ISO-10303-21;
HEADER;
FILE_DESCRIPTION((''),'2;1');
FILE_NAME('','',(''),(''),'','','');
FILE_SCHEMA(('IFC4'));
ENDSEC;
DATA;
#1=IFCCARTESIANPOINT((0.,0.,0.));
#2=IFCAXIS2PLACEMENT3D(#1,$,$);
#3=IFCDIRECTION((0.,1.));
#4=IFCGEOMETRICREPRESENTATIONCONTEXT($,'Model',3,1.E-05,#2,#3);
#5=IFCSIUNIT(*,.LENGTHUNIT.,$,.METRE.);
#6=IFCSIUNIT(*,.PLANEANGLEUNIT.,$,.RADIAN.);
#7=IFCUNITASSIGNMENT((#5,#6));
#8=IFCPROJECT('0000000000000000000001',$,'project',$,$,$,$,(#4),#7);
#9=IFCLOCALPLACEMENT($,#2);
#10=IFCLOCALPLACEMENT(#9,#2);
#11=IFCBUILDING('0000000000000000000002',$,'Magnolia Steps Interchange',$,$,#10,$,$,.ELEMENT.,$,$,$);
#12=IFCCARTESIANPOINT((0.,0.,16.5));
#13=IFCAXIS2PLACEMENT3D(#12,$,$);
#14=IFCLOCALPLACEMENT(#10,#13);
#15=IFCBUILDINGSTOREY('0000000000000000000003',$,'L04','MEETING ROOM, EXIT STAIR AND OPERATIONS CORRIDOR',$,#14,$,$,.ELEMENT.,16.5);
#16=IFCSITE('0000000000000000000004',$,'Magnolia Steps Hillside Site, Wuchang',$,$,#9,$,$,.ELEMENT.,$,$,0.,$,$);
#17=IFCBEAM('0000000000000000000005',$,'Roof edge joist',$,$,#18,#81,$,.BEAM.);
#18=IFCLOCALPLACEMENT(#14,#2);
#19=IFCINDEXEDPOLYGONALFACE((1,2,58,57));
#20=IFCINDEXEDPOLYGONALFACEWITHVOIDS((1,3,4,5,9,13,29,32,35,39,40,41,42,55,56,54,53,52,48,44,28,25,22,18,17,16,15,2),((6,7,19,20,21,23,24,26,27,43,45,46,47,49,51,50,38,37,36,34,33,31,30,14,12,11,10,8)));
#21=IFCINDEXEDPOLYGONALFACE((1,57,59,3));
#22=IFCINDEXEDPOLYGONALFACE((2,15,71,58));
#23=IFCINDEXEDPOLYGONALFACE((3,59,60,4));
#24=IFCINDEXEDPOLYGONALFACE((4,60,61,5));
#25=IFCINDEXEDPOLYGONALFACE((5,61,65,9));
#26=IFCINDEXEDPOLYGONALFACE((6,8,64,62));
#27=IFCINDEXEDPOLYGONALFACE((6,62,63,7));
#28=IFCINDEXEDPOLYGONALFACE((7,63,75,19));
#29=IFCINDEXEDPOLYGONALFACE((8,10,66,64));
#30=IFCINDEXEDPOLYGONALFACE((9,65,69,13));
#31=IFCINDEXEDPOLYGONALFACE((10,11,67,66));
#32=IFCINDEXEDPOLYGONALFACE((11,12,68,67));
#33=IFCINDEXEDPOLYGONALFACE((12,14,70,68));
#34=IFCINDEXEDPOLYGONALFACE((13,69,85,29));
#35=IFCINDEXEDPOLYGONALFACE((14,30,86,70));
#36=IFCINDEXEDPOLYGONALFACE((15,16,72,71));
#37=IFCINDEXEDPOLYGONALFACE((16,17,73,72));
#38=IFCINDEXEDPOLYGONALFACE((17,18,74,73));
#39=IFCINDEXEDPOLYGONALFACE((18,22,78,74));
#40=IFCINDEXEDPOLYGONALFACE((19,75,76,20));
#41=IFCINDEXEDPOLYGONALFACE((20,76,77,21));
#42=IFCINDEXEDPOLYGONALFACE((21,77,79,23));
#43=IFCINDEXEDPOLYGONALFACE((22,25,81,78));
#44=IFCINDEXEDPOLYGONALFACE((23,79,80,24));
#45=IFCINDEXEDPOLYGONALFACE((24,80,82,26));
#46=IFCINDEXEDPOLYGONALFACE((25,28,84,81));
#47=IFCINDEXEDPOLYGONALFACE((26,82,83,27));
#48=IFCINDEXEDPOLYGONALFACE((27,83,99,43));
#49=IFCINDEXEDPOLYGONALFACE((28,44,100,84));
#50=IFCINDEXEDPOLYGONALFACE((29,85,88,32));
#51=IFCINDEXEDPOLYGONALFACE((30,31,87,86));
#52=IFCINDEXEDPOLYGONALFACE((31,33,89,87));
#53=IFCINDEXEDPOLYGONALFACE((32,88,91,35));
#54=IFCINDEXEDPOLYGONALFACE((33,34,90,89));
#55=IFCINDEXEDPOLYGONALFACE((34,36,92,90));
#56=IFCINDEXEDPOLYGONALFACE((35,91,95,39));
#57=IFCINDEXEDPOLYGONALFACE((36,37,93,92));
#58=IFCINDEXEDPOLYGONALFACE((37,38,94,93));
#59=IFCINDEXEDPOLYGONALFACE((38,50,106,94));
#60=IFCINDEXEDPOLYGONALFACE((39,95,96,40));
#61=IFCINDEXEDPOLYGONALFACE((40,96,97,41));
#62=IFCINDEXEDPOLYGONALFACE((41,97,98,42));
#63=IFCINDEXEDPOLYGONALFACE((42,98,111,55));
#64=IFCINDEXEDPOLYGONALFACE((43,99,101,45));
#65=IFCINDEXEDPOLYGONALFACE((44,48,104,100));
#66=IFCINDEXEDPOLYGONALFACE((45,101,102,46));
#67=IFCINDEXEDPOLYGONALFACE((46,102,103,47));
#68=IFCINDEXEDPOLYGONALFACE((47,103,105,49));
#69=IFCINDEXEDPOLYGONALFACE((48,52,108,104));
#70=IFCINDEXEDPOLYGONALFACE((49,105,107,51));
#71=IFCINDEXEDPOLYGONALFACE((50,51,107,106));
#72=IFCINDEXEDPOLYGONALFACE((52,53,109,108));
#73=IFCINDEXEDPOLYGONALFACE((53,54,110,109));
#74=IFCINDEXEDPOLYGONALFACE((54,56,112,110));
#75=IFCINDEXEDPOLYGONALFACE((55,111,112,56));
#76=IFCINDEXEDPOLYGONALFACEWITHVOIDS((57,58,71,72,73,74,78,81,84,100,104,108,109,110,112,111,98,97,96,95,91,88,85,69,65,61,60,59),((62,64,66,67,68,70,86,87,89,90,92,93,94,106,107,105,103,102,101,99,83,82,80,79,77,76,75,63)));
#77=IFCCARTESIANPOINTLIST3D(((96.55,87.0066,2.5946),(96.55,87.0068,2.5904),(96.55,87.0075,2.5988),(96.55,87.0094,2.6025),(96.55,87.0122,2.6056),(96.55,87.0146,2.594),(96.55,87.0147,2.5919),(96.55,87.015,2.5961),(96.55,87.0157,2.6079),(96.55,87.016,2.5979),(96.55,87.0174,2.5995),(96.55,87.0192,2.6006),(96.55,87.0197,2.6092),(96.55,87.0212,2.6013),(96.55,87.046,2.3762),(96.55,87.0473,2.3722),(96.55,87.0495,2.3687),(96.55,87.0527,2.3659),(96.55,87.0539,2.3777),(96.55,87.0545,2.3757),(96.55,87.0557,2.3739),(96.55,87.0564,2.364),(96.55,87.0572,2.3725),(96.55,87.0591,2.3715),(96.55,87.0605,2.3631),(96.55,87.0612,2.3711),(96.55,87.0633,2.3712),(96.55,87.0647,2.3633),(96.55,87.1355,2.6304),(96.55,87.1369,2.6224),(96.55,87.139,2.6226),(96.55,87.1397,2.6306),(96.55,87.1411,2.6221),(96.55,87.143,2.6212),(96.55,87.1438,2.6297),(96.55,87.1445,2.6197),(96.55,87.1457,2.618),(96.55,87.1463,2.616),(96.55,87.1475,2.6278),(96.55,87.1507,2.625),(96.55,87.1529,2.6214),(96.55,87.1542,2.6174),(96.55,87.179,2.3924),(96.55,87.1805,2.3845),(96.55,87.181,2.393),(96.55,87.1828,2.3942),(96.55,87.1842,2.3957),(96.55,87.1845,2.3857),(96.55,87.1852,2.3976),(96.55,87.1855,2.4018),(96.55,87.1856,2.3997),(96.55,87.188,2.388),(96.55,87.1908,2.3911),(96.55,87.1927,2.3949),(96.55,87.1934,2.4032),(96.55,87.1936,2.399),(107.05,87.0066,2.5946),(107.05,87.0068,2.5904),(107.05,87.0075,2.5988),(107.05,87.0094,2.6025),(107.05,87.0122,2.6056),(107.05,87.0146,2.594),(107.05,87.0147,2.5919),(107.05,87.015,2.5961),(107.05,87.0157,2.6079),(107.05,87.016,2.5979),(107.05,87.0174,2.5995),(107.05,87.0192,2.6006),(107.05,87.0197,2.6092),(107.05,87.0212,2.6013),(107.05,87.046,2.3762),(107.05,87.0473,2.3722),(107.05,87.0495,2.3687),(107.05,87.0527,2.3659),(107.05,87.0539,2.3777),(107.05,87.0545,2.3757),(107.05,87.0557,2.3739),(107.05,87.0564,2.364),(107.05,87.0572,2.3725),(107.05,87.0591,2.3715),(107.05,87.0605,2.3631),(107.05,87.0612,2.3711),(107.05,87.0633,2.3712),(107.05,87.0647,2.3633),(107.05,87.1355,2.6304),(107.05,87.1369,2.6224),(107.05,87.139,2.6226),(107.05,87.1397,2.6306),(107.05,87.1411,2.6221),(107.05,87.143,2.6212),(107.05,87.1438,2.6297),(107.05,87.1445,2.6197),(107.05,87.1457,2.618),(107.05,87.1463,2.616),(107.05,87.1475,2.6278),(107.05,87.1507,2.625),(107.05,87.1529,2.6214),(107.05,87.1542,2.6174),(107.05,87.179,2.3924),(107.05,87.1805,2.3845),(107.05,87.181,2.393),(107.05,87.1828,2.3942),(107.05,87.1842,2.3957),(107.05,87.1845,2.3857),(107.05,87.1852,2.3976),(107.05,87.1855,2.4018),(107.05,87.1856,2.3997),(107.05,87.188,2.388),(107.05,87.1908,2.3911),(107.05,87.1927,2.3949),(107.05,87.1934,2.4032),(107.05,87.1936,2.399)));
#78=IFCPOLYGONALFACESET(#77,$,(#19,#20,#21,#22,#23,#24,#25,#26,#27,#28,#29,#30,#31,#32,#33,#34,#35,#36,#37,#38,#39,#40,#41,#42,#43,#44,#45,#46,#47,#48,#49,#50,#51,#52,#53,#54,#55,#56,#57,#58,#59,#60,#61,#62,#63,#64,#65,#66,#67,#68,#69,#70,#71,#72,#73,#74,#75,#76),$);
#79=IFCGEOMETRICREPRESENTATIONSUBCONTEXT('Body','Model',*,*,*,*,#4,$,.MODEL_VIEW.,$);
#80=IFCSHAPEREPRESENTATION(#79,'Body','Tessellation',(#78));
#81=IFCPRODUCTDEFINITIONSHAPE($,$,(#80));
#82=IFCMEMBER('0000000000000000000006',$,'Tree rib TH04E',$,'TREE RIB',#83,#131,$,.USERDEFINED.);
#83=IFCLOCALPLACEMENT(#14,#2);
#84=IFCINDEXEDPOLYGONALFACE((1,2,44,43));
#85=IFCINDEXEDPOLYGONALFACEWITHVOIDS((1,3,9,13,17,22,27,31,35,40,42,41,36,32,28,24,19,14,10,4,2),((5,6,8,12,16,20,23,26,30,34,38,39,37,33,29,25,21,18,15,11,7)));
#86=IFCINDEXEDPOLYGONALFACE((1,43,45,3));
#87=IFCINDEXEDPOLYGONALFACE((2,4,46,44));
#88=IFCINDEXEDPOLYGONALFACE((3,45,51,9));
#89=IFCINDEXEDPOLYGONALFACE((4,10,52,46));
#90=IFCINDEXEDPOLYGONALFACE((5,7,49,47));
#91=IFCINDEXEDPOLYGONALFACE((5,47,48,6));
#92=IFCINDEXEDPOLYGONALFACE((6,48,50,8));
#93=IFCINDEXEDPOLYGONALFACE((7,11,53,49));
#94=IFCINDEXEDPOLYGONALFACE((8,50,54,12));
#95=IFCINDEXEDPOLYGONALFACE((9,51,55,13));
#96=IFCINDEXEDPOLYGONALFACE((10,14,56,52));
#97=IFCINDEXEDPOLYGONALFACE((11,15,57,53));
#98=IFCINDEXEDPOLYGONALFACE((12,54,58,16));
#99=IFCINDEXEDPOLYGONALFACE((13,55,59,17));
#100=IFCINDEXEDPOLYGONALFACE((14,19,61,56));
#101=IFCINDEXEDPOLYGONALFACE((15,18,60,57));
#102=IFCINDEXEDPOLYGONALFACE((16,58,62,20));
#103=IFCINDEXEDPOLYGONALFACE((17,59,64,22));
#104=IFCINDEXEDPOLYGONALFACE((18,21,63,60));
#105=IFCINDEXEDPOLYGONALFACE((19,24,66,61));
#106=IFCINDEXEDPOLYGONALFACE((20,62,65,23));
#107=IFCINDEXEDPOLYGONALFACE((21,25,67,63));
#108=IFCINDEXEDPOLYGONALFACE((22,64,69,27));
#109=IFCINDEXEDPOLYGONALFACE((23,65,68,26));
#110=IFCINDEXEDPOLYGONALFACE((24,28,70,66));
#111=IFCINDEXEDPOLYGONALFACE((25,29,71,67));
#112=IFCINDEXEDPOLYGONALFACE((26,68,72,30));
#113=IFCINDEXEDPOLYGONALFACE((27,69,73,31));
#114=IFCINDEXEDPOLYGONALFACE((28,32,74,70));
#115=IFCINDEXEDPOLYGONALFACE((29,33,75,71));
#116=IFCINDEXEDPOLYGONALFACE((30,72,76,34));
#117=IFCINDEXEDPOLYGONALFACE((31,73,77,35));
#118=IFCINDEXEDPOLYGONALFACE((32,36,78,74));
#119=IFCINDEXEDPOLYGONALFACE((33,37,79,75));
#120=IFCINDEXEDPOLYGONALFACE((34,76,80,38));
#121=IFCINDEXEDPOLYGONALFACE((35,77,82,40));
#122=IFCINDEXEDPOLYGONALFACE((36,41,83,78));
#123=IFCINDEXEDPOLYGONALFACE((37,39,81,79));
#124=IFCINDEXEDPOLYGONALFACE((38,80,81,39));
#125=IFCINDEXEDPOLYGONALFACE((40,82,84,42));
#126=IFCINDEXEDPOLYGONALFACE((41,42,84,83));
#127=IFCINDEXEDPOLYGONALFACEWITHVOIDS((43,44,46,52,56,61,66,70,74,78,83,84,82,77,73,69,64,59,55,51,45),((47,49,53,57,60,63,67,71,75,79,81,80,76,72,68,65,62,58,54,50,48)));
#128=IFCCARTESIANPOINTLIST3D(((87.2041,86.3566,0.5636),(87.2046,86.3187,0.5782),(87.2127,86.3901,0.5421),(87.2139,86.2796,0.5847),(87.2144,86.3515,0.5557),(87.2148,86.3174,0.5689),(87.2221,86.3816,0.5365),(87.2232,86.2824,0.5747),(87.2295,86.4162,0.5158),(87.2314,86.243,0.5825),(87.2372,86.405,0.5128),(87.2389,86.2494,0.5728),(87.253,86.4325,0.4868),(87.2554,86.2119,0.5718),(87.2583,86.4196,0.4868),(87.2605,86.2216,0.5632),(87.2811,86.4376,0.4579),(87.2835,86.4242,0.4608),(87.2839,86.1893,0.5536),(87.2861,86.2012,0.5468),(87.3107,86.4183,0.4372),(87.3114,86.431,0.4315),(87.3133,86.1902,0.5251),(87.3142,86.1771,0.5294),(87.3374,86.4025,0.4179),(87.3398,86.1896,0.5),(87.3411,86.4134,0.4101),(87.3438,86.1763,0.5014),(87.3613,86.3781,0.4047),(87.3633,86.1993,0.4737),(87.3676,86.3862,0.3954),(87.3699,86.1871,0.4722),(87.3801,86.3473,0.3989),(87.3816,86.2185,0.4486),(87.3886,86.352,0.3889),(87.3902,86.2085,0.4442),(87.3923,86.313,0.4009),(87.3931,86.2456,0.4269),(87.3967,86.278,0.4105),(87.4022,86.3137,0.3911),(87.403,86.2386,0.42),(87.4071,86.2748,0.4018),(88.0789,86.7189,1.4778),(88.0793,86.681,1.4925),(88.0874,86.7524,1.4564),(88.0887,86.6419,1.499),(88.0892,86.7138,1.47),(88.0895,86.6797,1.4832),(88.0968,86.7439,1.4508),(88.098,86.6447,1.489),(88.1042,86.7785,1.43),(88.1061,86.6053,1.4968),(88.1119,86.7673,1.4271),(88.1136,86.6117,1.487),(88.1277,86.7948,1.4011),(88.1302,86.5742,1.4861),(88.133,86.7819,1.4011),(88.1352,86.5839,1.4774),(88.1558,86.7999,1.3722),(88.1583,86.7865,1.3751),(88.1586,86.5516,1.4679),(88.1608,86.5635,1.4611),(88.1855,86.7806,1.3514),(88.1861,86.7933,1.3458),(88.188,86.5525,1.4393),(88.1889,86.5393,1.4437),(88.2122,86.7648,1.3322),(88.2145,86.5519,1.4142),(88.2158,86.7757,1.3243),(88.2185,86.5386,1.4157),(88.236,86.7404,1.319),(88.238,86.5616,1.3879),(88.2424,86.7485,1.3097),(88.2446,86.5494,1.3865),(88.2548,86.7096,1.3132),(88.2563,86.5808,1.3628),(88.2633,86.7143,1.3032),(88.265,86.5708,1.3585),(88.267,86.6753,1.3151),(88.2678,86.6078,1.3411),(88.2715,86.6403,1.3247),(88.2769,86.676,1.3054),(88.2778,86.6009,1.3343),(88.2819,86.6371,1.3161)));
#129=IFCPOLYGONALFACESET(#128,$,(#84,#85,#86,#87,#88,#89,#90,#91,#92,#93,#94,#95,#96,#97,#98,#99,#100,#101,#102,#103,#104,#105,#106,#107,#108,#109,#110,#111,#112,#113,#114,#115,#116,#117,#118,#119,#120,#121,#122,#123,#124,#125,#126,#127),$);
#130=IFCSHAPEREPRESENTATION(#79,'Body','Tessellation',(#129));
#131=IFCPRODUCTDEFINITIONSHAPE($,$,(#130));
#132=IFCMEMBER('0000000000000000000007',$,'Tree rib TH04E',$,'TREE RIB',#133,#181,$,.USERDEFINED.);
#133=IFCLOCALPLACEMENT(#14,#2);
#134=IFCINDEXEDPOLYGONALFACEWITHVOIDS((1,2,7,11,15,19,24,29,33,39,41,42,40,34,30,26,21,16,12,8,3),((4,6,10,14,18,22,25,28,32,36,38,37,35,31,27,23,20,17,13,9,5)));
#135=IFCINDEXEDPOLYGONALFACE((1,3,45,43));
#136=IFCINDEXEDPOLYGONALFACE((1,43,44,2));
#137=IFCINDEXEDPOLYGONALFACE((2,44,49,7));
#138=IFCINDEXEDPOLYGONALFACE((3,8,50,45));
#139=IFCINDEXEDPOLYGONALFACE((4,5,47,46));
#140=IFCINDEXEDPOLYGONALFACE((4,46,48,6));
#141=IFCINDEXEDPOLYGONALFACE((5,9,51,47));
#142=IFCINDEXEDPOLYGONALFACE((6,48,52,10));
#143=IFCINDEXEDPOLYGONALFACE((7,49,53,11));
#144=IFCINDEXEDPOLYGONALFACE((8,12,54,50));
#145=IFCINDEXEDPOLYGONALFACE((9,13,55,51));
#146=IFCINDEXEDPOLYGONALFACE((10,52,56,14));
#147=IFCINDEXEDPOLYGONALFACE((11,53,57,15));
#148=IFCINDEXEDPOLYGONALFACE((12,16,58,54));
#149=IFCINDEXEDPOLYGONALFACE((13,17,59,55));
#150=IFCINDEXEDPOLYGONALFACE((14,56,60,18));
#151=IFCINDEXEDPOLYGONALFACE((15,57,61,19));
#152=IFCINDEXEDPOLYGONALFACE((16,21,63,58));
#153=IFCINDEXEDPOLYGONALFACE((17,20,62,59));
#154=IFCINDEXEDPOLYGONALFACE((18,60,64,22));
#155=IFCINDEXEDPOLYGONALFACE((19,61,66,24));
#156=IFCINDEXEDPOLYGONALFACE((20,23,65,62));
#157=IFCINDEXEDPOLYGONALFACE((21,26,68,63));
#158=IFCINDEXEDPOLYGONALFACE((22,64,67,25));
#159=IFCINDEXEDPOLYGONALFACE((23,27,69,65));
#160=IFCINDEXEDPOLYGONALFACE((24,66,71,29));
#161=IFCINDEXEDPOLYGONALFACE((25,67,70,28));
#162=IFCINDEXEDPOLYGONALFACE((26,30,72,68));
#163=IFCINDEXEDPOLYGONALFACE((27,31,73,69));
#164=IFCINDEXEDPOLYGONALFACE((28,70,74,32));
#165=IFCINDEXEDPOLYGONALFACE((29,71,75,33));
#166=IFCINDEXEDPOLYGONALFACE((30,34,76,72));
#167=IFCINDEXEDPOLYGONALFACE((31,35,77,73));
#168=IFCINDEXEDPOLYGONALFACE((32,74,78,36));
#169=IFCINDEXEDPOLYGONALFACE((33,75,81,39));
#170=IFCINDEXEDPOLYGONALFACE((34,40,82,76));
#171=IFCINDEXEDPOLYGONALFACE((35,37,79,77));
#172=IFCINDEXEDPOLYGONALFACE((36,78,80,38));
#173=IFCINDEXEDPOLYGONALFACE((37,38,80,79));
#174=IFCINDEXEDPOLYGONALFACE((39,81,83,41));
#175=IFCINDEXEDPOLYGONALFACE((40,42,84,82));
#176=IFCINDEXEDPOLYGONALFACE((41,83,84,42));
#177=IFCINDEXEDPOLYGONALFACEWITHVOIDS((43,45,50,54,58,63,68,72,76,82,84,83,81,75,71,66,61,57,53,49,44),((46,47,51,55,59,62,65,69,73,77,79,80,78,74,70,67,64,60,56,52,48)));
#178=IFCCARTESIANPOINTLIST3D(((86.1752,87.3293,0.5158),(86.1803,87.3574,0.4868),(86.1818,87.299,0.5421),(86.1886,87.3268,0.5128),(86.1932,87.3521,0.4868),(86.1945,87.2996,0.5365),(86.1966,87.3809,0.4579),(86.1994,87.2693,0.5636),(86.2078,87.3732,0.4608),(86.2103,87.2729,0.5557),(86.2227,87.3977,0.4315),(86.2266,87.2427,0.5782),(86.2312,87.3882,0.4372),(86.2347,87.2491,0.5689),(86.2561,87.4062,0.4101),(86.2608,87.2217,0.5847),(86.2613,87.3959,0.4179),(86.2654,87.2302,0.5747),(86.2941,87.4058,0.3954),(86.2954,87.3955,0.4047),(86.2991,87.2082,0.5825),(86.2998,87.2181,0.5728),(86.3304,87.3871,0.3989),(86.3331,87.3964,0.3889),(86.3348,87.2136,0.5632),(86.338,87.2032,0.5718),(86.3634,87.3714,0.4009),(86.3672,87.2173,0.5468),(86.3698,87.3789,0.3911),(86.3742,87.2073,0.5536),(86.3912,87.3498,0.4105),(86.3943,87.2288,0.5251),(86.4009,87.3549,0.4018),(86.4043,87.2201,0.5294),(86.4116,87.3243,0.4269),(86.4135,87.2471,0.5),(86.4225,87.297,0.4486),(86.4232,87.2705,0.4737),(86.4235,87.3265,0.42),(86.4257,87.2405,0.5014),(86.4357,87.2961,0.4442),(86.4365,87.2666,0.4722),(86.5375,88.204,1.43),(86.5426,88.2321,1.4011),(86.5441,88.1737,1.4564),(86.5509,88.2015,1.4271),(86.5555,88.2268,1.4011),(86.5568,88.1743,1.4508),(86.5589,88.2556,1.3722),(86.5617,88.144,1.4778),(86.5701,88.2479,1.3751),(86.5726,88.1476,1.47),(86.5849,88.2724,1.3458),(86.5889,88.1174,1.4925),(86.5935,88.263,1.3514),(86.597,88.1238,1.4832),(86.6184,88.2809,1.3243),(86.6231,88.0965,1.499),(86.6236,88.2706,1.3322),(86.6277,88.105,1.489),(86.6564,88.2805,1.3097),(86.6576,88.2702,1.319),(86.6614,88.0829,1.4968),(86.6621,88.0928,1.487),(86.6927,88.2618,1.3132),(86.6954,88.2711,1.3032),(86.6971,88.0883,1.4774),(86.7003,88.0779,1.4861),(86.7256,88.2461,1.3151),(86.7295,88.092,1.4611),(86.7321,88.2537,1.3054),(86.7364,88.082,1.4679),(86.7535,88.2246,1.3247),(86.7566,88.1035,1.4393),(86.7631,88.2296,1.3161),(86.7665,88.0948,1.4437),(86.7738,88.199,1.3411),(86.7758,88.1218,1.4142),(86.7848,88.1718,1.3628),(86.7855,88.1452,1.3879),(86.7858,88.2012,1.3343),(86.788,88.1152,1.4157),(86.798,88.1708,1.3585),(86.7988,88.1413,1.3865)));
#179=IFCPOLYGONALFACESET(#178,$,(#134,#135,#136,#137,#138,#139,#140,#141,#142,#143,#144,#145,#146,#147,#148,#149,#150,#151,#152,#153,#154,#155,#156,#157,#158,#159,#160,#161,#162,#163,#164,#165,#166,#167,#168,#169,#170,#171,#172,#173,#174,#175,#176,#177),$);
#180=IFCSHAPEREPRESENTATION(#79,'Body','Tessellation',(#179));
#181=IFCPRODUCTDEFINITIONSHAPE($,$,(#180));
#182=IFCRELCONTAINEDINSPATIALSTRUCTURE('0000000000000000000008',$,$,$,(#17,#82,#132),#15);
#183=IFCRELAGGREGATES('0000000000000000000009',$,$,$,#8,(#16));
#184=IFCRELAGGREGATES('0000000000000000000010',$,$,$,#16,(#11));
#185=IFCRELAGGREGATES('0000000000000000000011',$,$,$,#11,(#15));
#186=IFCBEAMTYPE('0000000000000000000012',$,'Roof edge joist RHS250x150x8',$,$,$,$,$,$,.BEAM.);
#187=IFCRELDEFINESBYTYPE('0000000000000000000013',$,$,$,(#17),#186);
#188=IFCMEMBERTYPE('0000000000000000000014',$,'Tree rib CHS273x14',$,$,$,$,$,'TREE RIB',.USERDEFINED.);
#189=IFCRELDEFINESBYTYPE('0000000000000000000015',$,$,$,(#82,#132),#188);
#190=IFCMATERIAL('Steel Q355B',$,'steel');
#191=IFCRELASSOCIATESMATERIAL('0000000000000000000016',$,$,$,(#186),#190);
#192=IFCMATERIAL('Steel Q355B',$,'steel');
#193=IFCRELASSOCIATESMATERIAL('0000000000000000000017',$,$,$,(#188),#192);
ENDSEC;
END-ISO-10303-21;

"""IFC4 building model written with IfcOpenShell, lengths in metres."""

from ifc_helpers import new_model, si_unit, direction, frame, origin, origin_2d, place, context, subcontext, project, spatial, hollow_rectangle, hollow_circle, extrude, material, material_profile, profile_set, type_object, element, save


model = new_model("IFC4")

# Units and contexts
model_context = context("Model", 3, precision=1e-05, world=origin(), true_north=direction((0.0, 1.0)))
body_context = subcontext(model_context, "Body", "Model", "MODEL_VIEW")
ifc_project = project(units=[si_unit("LENGTHUNIT", "METRE"), si_unit("PLANEANGLEUNIT", "RADIAN")], contexts=[model_context])

# Site, building, storey
site_placement = place(None, origin())
site = spatial("IfcSite", under=ifc_project, at=site_placement, Name="Magnolia Steps Hillside Site, Wuchang", CompositionType="ELEMENT", RefElevation=0.0)
building_placement = place(site_placement, origin())
building = spatial("IfcBuilding", under=site, at=building_placement, Name="Magnolia Steps Interchange", CompositionType="ELEMENT")
storey_placement = place(building_placement, frame((0.0, 0.0, 16.5)))
storey = spatial("IfcBuildingStorey", under=building, at=storey_placement, Name="L04", Description="MEETING ROOM, EXIT STAIR AND OPERATIONS CORRIDOR", CompositionType="ELEMENT", Elevation=16.5)

# Beam
ifc_material_1 = material(Name="Steel Q355B", Category="steel")
ifc_material_profile_1 = material_profile(ifc_material_1, hollow_rectangle(XDim=0.1499, YDim=0.25, WallThickness=0.0081, InnerFilletRadius=0.0081, OuterFilletRadius=0.0161, at=origin_2d()), Name="RHS250x150x8")
ifc_profile_set_1 = profile_set([ifc_material_profile_1], Name="Steel Q355B")
beam_type_1 = type_object("IfcBeamType", Name="Roof edge joist RHS250x150x8", PredefinedType="BEAM", material=ifc_profile_set_1)
beam_1_placement = place(storey_placement, frame((96.55, 87.1001, 2.4968), z_axis=(1.0, 0.0, 0.0), x_axis=(0.0, 0.983677, 0.179941)))
element("IfcBeam", 1, at=beam_1_placement, inside=storey, type_object=beam_type_1, Name="Roof edge joist", PredefinedType="BEAM", context=body_context, shape_type="SweptSolid", body=[
    extrude(hollow_rectangle(XDim=0.1499, YDim=0.25, WallThickness=0.0081, InnerFilletRadius=0.0081, OuterFilletRadius=0.0161, at=origin_2d()), origin(), (0.0, 0.0, 1.0), 10.5),
])

# Members
ifc_material_2 = material(Name="Steel Q355B", Category="steel")
ifc_material_profile_2 = material_profile(ifc_material_2, hollow_circle(Radius=0.1365, WallThickness=0.0139, at=origin_2d()), Name="CHS273x14")
ifc_profile_set_2 = profile_set([ifc_material_profile_2], Name="Steel Q355B")
member_type = type_object("IfcMemberType", Name="Tree rib CHS273x14", ElementType="TREE RIB", PredefinedType="USERDEFINED", material=ifc_profile_set_2)
for number, where, z_axis, x_axis, name in (
    (2, (87.3052, 86.3064, 0.4868), (0.6646, 0.275263, 0.694649), (-0.382655, 0.923891, 0.0), "Tree rib TH04E"),
    (3, (86.3064, 87.3052, 0.4868), (0.275263, 0.6646, 0.694649), (-0.923891, 0.382655, 0.0), "Tree rib TH04E"),
):
    element("IfcMember", number, at=place(storey_placement, frame(where, z_axis=z_axis, x_axis=x_axis)), inside=storey, type_object=member_type, Name=name, ObjectType="TREE RIB", PredefinedType="USERDEFINED", context=body_context, shape_type="SweptSolid", body=[
        extrude(hollow_circle(Radius=0.1365, WallThickness=0.0139, at=origin_2d()), origin(), (0.0, 0.0, 1.0), 1.3162),
    ])

save(model, "model.ifc")
